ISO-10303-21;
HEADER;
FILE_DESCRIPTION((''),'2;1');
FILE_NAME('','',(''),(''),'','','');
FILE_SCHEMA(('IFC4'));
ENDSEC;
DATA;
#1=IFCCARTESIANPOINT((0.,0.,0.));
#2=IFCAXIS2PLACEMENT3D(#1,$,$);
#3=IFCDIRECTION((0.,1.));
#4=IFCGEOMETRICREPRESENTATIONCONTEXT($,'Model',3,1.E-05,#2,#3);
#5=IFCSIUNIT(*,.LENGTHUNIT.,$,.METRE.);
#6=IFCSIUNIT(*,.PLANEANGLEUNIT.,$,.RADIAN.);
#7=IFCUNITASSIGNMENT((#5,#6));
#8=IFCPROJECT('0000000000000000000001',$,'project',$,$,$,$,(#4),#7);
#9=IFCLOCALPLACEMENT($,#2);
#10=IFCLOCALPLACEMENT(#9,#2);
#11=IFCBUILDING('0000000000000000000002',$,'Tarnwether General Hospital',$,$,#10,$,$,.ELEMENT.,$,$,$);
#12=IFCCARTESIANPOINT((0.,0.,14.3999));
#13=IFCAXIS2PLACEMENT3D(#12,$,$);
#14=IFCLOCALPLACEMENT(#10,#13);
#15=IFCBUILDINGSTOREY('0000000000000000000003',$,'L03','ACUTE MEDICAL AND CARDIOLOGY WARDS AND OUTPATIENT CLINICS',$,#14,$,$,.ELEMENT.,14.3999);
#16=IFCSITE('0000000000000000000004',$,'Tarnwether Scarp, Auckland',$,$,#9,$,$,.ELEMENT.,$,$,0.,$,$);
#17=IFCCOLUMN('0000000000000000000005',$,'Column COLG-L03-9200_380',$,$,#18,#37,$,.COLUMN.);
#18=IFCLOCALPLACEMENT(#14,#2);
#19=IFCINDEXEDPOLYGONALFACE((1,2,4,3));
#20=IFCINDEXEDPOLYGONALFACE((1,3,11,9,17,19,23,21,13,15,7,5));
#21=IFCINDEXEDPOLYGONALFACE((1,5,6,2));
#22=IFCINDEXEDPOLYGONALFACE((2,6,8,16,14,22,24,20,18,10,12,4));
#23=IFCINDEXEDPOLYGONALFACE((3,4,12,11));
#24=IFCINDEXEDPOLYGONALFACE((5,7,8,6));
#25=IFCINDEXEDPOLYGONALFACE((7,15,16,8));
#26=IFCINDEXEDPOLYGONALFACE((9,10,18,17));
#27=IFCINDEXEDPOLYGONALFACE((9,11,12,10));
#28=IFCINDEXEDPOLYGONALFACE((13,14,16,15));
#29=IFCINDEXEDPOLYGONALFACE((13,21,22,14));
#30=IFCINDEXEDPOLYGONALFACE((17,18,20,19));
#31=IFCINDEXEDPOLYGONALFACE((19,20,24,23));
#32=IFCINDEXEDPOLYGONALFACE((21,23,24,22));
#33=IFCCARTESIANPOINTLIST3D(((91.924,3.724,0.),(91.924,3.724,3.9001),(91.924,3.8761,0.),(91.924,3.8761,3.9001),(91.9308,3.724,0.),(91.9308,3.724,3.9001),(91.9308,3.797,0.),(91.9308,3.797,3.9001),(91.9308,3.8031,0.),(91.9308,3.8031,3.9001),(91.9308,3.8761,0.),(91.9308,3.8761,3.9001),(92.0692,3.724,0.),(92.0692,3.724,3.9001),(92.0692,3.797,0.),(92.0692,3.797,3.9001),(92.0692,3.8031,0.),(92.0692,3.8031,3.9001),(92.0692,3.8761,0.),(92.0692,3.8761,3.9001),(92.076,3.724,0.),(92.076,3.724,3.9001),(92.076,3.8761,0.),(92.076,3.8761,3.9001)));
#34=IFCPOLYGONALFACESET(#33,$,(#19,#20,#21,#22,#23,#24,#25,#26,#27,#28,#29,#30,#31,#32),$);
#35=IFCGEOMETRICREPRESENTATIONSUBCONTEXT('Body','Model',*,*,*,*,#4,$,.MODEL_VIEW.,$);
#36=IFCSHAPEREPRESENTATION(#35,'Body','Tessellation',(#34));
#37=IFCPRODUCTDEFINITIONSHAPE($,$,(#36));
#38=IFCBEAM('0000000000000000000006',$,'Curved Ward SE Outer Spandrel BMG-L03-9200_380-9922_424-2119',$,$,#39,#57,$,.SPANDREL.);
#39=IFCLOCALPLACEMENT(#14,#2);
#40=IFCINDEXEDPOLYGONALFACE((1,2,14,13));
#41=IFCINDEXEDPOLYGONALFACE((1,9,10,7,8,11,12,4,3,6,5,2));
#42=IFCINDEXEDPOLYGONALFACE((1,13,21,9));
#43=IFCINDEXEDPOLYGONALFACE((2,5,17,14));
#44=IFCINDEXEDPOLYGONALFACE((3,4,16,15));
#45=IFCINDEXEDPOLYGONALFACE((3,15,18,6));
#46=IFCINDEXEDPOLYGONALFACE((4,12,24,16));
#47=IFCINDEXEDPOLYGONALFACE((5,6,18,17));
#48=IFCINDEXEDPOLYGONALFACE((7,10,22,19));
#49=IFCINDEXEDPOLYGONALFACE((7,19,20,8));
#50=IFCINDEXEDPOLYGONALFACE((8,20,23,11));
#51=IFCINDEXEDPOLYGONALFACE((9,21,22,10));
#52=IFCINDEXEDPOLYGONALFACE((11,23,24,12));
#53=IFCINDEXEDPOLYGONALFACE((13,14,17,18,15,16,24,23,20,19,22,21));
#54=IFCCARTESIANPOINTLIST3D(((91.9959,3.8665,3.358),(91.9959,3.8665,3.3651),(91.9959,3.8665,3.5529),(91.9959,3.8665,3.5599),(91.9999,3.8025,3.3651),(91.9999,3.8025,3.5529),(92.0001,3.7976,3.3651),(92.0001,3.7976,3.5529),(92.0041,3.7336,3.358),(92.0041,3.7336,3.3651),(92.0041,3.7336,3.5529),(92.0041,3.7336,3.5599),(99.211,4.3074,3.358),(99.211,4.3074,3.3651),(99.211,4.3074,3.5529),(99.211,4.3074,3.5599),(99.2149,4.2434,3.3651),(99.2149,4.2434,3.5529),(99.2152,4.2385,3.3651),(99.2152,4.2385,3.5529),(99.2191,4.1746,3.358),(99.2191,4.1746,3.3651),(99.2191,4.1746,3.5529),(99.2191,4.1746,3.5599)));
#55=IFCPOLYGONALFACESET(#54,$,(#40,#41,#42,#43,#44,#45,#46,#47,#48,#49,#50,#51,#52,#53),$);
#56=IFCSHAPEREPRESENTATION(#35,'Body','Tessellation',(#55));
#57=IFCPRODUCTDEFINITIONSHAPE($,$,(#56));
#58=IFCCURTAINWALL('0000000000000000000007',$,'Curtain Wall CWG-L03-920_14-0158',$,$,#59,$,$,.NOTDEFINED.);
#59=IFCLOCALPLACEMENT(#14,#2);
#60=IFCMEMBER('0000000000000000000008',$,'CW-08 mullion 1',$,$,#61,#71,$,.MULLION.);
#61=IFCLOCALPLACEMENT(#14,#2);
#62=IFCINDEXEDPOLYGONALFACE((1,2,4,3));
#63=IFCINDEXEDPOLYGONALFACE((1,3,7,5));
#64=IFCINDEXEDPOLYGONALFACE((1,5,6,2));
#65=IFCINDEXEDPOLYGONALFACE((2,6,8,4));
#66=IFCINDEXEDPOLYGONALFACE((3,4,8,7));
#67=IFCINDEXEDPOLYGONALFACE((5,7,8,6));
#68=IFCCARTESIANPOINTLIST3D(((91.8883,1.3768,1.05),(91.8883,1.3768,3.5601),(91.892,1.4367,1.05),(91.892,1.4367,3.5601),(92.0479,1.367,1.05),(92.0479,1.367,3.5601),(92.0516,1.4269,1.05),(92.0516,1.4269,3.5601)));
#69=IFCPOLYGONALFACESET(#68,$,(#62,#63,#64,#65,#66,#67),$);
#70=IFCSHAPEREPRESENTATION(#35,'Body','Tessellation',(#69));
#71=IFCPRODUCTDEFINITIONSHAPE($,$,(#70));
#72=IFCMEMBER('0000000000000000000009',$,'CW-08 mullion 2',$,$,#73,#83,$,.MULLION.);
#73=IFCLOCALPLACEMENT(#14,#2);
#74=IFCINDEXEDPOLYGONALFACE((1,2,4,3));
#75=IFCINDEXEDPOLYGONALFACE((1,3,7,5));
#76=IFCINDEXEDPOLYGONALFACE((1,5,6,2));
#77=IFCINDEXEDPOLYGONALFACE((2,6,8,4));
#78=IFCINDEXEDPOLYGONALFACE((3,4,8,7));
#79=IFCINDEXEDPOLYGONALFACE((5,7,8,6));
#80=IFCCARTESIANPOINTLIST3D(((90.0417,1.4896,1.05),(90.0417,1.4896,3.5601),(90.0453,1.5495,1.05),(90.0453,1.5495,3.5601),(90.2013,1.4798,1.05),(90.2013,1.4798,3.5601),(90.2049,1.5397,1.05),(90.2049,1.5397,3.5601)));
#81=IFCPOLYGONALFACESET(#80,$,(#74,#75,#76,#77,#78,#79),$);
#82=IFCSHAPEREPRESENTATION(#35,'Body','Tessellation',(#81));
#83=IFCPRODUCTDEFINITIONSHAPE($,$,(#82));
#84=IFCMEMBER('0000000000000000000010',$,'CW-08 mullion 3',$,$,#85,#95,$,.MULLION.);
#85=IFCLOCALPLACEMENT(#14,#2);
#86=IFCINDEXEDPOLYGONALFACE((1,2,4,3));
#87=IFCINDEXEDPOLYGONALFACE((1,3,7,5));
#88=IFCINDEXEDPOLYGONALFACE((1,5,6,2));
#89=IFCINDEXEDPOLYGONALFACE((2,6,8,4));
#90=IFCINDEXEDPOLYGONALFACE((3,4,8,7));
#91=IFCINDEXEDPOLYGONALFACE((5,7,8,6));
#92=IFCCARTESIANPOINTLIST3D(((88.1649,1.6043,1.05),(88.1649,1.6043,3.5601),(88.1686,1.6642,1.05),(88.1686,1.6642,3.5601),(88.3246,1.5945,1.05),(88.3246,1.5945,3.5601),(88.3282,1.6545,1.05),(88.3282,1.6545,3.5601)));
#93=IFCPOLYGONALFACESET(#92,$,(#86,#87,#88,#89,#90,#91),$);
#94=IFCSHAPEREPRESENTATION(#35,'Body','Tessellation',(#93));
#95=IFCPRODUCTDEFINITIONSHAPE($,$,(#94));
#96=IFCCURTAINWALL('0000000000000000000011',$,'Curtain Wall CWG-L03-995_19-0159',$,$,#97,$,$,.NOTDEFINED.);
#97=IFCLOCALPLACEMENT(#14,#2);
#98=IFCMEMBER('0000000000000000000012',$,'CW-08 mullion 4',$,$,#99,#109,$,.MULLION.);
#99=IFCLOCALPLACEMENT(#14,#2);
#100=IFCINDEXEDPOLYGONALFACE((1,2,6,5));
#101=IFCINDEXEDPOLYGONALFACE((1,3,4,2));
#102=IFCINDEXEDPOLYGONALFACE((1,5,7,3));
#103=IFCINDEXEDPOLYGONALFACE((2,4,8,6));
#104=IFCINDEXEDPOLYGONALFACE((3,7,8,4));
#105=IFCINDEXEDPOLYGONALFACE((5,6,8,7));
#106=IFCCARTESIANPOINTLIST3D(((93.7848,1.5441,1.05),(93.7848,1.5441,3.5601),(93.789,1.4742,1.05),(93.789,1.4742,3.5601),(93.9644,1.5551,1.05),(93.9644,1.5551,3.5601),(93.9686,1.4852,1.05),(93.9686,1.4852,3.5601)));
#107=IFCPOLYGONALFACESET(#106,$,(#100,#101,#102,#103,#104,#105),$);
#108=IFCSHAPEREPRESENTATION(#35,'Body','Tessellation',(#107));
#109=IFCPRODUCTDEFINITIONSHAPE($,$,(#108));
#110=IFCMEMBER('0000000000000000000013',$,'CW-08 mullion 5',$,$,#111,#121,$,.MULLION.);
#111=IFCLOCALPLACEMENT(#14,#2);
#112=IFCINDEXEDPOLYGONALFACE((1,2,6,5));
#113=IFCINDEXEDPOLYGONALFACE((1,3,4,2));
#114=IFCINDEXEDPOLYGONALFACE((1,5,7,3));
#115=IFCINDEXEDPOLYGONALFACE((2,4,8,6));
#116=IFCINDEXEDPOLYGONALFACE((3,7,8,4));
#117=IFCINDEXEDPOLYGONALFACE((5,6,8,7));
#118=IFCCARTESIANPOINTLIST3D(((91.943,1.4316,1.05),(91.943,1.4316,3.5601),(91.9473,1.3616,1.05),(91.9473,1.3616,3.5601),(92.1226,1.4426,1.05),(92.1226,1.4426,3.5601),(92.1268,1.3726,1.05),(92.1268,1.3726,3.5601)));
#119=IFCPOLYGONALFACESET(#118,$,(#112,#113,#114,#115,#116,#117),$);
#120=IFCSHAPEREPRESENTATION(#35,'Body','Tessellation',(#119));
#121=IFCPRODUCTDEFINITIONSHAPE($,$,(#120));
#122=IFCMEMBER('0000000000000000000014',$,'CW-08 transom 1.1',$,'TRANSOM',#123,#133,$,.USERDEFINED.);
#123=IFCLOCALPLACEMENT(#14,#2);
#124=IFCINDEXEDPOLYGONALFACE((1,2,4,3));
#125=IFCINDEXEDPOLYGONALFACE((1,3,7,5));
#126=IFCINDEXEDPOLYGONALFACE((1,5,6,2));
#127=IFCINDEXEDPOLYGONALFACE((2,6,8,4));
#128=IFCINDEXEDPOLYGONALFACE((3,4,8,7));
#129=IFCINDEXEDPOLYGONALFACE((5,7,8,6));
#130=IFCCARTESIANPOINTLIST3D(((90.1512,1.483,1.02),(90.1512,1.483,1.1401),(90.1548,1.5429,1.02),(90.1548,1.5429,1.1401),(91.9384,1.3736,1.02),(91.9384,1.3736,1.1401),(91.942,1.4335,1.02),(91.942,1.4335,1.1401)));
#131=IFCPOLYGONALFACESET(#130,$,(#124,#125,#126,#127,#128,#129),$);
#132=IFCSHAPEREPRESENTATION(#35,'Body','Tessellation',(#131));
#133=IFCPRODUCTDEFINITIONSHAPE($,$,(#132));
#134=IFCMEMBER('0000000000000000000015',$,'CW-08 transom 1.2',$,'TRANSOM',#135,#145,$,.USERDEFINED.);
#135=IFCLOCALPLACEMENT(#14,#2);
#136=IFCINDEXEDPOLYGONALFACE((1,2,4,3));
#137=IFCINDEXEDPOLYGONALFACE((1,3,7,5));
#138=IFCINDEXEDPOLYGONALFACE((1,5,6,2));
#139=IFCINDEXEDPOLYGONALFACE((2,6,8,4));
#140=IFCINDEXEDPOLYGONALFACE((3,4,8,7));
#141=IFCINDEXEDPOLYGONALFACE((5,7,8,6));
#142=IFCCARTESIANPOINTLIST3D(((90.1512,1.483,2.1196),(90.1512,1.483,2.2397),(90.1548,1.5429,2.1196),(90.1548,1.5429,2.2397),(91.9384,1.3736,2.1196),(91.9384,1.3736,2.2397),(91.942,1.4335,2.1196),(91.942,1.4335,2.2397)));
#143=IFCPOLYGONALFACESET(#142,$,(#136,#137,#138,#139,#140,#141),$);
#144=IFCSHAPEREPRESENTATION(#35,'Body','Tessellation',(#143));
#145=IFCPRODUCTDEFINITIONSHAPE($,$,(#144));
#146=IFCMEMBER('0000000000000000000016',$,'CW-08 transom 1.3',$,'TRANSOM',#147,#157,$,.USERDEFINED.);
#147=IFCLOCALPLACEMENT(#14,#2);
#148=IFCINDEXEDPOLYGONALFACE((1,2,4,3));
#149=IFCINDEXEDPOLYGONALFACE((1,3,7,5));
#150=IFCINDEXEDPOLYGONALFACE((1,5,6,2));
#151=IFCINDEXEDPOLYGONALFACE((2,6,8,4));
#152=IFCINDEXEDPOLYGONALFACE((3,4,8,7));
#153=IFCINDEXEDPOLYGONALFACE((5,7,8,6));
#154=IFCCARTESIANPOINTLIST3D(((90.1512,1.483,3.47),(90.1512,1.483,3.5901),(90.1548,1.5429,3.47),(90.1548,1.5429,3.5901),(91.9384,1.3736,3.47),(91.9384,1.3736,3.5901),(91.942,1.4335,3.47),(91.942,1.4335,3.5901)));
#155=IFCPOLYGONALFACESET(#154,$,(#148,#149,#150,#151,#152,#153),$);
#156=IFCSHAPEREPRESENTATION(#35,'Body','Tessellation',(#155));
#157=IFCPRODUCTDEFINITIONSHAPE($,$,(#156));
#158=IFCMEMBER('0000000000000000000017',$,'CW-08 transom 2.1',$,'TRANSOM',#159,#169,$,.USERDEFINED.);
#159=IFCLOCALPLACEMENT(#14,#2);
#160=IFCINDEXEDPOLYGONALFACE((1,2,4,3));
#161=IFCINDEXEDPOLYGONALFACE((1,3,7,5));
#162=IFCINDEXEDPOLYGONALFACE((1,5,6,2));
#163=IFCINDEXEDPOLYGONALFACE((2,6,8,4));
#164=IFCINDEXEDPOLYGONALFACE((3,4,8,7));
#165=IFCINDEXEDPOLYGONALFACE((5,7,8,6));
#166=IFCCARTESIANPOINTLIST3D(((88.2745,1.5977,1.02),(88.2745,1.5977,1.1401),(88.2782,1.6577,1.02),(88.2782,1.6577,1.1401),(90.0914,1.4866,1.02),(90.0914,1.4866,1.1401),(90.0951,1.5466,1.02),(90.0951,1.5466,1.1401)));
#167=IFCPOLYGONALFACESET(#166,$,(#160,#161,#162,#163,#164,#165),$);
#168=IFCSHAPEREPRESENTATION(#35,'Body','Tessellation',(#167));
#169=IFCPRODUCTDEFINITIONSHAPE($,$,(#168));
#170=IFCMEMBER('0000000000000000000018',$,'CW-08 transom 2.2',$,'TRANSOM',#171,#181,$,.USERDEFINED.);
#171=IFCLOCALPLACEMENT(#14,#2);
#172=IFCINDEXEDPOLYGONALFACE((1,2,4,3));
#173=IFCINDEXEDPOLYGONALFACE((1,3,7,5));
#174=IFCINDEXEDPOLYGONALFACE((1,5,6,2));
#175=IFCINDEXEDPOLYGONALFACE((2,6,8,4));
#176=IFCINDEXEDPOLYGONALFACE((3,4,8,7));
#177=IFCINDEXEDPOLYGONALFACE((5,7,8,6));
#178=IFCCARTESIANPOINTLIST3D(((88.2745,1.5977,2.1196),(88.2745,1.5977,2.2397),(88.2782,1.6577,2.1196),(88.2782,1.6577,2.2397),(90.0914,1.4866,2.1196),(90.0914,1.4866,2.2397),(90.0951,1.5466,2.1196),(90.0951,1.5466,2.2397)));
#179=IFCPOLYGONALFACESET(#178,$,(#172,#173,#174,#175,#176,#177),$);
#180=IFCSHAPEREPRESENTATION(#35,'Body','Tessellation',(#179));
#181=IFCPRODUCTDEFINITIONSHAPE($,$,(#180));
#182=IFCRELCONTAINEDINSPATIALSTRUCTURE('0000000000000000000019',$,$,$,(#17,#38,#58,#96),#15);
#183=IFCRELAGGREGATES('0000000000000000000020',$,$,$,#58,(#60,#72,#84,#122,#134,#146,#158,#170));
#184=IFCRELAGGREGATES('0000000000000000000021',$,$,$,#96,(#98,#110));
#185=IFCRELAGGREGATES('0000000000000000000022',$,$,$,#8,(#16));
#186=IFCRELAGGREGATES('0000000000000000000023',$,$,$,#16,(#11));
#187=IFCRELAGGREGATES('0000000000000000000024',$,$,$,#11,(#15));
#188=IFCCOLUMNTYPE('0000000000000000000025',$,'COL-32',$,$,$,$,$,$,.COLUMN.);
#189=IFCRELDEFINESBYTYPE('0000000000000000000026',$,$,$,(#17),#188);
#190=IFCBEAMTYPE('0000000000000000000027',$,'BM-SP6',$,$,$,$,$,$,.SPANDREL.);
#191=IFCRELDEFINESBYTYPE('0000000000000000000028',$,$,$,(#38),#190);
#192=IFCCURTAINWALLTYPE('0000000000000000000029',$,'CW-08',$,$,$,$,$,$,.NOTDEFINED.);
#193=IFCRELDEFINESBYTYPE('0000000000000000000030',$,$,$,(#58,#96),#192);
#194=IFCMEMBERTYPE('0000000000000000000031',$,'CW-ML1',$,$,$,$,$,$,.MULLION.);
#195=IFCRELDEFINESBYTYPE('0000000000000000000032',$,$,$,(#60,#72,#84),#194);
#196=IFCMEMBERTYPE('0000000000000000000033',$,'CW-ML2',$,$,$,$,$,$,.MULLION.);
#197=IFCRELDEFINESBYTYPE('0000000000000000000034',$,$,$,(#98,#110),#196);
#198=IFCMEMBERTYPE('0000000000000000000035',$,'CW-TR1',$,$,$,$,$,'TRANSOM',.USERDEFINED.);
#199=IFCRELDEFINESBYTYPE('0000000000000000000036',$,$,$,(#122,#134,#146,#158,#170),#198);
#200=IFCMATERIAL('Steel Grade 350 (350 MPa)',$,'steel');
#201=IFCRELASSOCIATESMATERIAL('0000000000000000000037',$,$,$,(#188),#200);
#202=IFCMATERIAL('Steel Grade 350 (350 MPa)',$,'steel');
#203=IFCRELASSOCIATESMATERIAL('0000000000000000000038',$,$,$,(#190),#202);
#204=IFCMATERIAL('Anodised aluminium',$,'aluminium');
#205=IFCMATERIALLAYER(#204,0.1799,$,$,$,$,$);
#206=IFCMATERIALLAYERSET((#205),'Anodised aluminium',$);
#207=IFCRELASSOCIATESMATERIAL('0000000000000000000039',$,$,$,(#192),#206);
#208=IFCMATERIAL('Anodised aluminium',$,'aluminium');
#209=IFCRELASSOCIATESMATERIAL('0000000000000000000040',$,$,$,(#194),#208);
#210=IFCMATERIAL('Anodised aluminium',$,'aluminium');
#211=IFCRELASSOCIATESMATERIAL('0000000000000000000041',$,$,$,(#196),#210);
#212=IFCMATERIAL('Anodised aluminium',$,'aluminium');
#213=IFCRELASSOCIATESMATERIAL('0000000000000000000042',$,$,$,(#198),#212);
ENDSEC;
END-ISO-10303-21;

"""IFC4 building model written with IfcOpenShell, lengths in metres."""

from ifc_helpers import new_model, si_unit, direction, frame, origin, origin_2d, place, context, subcontext, project, spatial, rectangle, i_section, extrude, material, layer, layer_set, material_profile, profile_set, type_object, element, aggregate, save


model = new_model("IFC4")

# Units and contexts
model_context = context("Model", 3, precision=1e-05, world=origin(), true_north=direction((0.0, 1.0)))
body_context = subcontext(model_context, "Body", "Model", "MODEL_VIEW")
ifc_project = project(units=[si_unit("LENGTHUNIT", "METRE"), si_unit("PLANEANGLEUNIT", "RADIAN")], contexts=[model_context])

# Site, building, storey
site_placement = place(None, origin())
site = spatial("IfcSite", under=ifc_project, at=site_placement, Name="Tarnwether Scarp, Auckland", CompositionType="ELEMENT", RefElevation=0.0)
building_placement = place(site_placement, origin())
building = spatial("IfcBuilding", under=site, at=building_placement, Name="Tarnwether General Hospital", CompositionType="ELEMENT")
storey_placement = place(building_placement, frame((0.0, 0.0, 14.3999)))
storey = spatial("IfcBuildingStorey", under=building, at=storey_placement, Name="L03", Description="ACUTE MEDICAL AND CARDIOLOGY WARDS AND OUTPATIENT CLINICS", CompositionType="ELEMENT", Elevation=14.3999)

# Column
ifc_material_1 = material(Name="Steel Grade 350 (350 MPa)", Category="steel")
ifc_material_profile_1 = material_profile(ifc_material_1, i_section(OverallWidth=0.1521, OverallDepth=0.1521, WebThickness=0.0061, FlangeThickness=0.0068, at=origin_2d()), Name="150UC23.4")
ifc_profile_set_1 = profile_set([ifc_material_profile_1], Name="Steel Grade 350 (350 MPa)")
column_type = type_object("IfcColumnType", Name="COL-32", PredefinedType="COLUMN", material=ifc_profile_set_1)
column_placement = place(storey_placement, frame((92.0, 3.8, 0.0), z_axis=(0.0, 0.0, 1.0), x_axis=(0.0, 1.0, 0.0)))
element("IfcColumn", 1, at=column_placement, inside=storey, type_object=column_type, Name="Column COLG-L03-9200_380", PredefinedType="COLUMN", context=body_context, shape_type="SweptSolid", body=[
    extrude(i_section(OverallWidth=0.1521, OverallDepth=0.1521, WebThickness=0.0061, FlangeThickness=0.0068, at=origin_2d()), origin(), (0.0, 0.0, 1.0), 3.9001),
])

# Beam
ifc_material_2 = material(Name="Steel Grade 350 (350 MPa)", Category="steel")
ifc_material_profile_2 = material_profile(ifc_material_2, i_section(OverallWidth=0.1331, OverallDepth=0.2019, WebThickness=0.0049, FlangeThickness=0.0071, at=origin_2d()), Name="200UB22.3")
ifc_profile_set_2 = profile_set([ifc_material_profile_2], Name="Steel Grade 350 (350 MPa)")
beam_type = type_object("IfcBeamType", Name="BM-SP6", PredefinedType="SPANDREL", material=ifc_profile_set_2)
beam_placement = place(storey_placement, frame((92.0, 3.8, 3.459), z_axis=(0.998138, 0.060997, 0.0), x_axis=(-0.060997, 0.998138, 0.0)))
element("IfcBeam", 2, at=beam_placement, inside=storey, type_object=beam_type, Name="Curved Ward SE Outer Spandrel BMG-L03-9200_380-9922_424-2119", PredefinedType="SPANDREL", context=body_context, shape_type="SweptSolid", body=[
    extrude(i_section(OverallWidth=0.1331, OverallDepth=0.2019, WebThickness=0.0049, FlangeThickness=0.0071, at=origin_2d()), origin(), (0.0, 0.0, 1.0), 7.2285),
])

# Curtain walls, members
ifc_material_3 = material(Name="Anodised aluminium", Category="aluminium")
ifc_layer_1 = layer(ifc_material_3, 0.1799)
ifc_layer_set_1 = layer_set([ifc_layer_1], Name="Anodised aluminium")
curtain_wall_type = type_object("IfcCurtainWallType", Name="CW-08", PredefinedType="NOTDEFINED", material=ifc_layer_set_1)
curtain_wall_1_placement = place(storey_placement, origin())
curtain_wall_1 = element("IfcCurtainWall", 3, at=curtain_wall_1_placement, inside=storey, type_object=curtain_wall_type, Name="Curtain Wall CWG-L03-920_14-0158", PredefinedType="NOTDEFINED")
ifc_material_4 = material(Name="Anodised aluminium", Category="aluminium")
ifc_material_profile_3 = material_profile(ifc_material_4, rectangle(XDim=0.0601, YDim=0.1599, at=origin_2d()), Name="ALU-MUL-60x160")
ifc_profile_set_3 = profile_set([ifc_material_profile_3], Name="Anodised aluminium")
member_type_1 = type_object("IfcMemberType", Name="CW-ML1", PredefinedType="MULLION", material=ifc_profile_set_3)
member_1_placement = place(storey_placement, frame((91.97, 1.4019, 1.05), z_axis=(0.0, 0.0, 1.0), x_axis=(-0.061029, -0.998136, 0.0)))
member_1 = element("IfcMember", 4, at=member_1_placement, type_object=member_type_1, Name="CW-08 mullion 1", PredefinedType="MULLION", context=body_context, shape_type="SweptSolid", body=[
    extrude(rectangle(XDim=0.0601, YDim=0.1599, at=origin_2d()), origin(), (0.0, 0.0, 1.0), 2.51),
])
member_2_placement = place(storey_placement, frame((90.1233, 1.5146, 1.05), z_axis=(0.0, 0.0, 1.0), x_axis=(-0.061029, -0.998136, 0.0)))
member_2 = element("IfcMember", 5, at=member_2_placement, type_object=member_type_1, Name="CW-08 mullion 2", PredefinedType="MULLION", context=body_context, shape_type="SweptSolid", body=[
    extrude(rectangle(XDim=0.0601, YDim=0.1599, at=origin_2d()), origin(), (0.0, 0.0, 1.0), 2.51),
])
member_3_placement = place(storey_placement, frame((88.2466, 1.6294, 1.05), z_axis=(0.0, 0.0, 1.0), x_axis=(-0.061029, -0.998136, 0.0)))
member_3 = element("IfcMember", 6, at=member_3_placement, type_object=member_type_1, Name="CW-08 mullion 3", PredefinedType="MULLION", context=body_context, shape_type="SweptSolid", body=[
    extrude(rectangle(XDim=0.0601, YDim=0.1599, at=origin_2d()), origin(), (0.0, 0.0, 1.0), 2.51),
])
curtain_wall_2_placement = place(storey_placement, origin())
curtain_wall_2 = element("IfcCurtainWall", 7, at=curtain_wall_2_placement, inside=storey, type_object=curtain_wall_type, Name="Curtain Wall CWG-L03-995_19-0159", PredefinedType="NOTDEFINED")
ifc_material_5 = material(Name="Anodised aluminium", Category="aluminium")
ifc_material_profile_4 = material_profile(ifc_material_5, rectangle(XDim=0.0701, YDim=0.1799, at=origin_2d()), Name="ALU-MUL-70x180")
ifc_profile_set_4 = profile_set([ifc_material_profile_4], Name="Anodised aluminium")
member_type_2 = type_object("IfcMemberType", Name="CW-ML2", PredefinedType="MULLION", material=ifc_profile_set_4)
member_4_placement = place(storey_placement, frame((93.8767, 1.5146, 1.05), z_axis=(0.0, 0.0, 1.0), x_axis=(0.061029, -0.998136, 0.0)))
member_4 = element("IfcMember", 8, at=member_4_placement, type_object=member_type_2, Name="CW-08 mullion 4", PredefinedType="MULLION", context=body_context, shape_type="SweptSolid", body=[
    extrude(rectangle(XDim=0.0701, YDim=0.1799, at=origin_2d()), origin(), (0.0, 0.0, 1.0), 2.51),
])
member_5_placement = place(storey_placement, frame((92.0349, 1.4021, 1.05), z_axis=(0.0, 0.0, 1.0), x_axis=(0.061029, -0.998136, 0.0)))
member_5 = element("IfcMember", 9, at=member_5_placement, type_object=member_type_2, Name="CW-08 mullion 5", PredefinedType="MULLION", context=body_context, shape_type="SweptSolid", body=[
    extrude(rectangle(XDim=0.0701, YDim=0.1799, at=origin_2d()), origin(), (0.0, 0.0, 1.0), 2.51),
])

# Members
ifc_material_6 = material(Name="Anodised aluminium", Category="aluminium")
ifc_material_profile_5 = material_profile(ifc_material_6, rectangle(XDim=0.0601, YDim=0.1201, at=origin_2d()), Name="ALU-TRN-60x120")
ifc_profile_set_5 = profile_set([ifc_material_profile_5], Name="Anodised aluminium")
member_type_3 = type_object("IfcMemberType", Name="CW-TR1", ElementType="TRANSOM", PredefinedType="USERDEFINED", material=ifc_profile_set_5)
member_6_placement = place(storey_placement, frame((91.9402, 1.4036, 1.0801), z_axis=(-0.998132, 0.061088, 0.0), x_axis=(-0.061088, -0.998132, 0.0)))
member_6 = element("IfcMember", 10, at=member_6_placement, type_object=member_type_3, Name="CW-08 transom 1.1", ObjectType="TRANSOM", PredefinedType="USERDEFINED", context=body_context, shape_type="SweptSolid", body=[
    extrude(rectangle(XDim=0.0601, YDim=0.1201, at=origin_2d()), origin(), (0.0, 0.0, 1.0), 1.7905),
])
member_7_placement = place(storey_placement, frame((91.9402, 1.4036, 2.1797), z_axis=(-0.998132, 0.061088, 0.0), x_axis=(-0.061088, -0.998132, 0.0)))
member_7 = element("IfcMember", 11, at=member_7_placement, type_object=member_type_3, Name="CW-08 transom 1.2", ObjectType="TRANSOM", PredefinedType="USERDEFINED", context=body_context, shape_type="SweptSolid", body=[
    extrude(rectangle(XDim=0.0601, YDim=0.1201, at=origin_2d()), origin(), (0.0, 0.0, 1.0), 1.7905),
])
member_8_placement = place(storey_placement, frame((91.9402, 1.4036, 3.53), z_axis=(-0.998132, 0.061088, 0.0), x_axis=(-0.061088, -0.998132, 0.0)))
member_8 = element("IfcMember", 12, at=member_8_placement, type_object=member_type_3, Name="CW-08 transom 1.3", ObjectType="TRANSOM", PredefinedType="USERDEFINED", context=body_context, shape_type="SweptSolid", body=[
    extrude(rectangle(XDim=0.0601, YDim=0.1201, at=origin_2d()), origin(), (0.0, 0.0, 1.0), 1.7905),
])
member_9_placement = place(storey_placement, frame((90.0933, 1.5166, 1.0801), z_axis=(-0.998136, 0.061026, 0.0), x_axis=(-0.061026, -0.998136, 0.0)))
member_9 = element("IfcMember", 13, at=member_9_placement, type_object=member_type_3, Name="CW-08 transom 2.1", ObjectType="TRANSOM", PredefinedType="USERDEFINED", context=body_context, shape_type="SweptSolid", body=[
    extrude(rectangle(XDim=0.0601, YDim=0.1201, at=origin_2d()), origin(), (0.0, 0.0, 1.0), 1.8203),
])
member_10_placement = place(storey_placement, frame((90.0933, 1.5166, 2.1797), z_axis=(-0.998136, 0.061026, 0.0), x_axis=(-0.061026, -0.998136, 0.0)))
member_10 = element("IfcMember", 14, at=member_10_placement, type_object=member_type_3, Name="CW-08 transom 2.2", ObjectType="TRANSOM", PredefinedType="USERDEFINED", context=body_context, shape_type="SweptSolid", body=[
    extrude(rectangle(XDim=0.0601, YDim=0.1201, at=origin_2d()), origin(), (0.0, 0.0, 1.0), 1.8203),
])

aggregate(curtain_wall_1, [member_1, member_2, member_3, member_6, member_7, member_8, member_9, member_10])
aggregate(curtain_wall_2, [member_4, member_5])

save(model, "model.ifc")
